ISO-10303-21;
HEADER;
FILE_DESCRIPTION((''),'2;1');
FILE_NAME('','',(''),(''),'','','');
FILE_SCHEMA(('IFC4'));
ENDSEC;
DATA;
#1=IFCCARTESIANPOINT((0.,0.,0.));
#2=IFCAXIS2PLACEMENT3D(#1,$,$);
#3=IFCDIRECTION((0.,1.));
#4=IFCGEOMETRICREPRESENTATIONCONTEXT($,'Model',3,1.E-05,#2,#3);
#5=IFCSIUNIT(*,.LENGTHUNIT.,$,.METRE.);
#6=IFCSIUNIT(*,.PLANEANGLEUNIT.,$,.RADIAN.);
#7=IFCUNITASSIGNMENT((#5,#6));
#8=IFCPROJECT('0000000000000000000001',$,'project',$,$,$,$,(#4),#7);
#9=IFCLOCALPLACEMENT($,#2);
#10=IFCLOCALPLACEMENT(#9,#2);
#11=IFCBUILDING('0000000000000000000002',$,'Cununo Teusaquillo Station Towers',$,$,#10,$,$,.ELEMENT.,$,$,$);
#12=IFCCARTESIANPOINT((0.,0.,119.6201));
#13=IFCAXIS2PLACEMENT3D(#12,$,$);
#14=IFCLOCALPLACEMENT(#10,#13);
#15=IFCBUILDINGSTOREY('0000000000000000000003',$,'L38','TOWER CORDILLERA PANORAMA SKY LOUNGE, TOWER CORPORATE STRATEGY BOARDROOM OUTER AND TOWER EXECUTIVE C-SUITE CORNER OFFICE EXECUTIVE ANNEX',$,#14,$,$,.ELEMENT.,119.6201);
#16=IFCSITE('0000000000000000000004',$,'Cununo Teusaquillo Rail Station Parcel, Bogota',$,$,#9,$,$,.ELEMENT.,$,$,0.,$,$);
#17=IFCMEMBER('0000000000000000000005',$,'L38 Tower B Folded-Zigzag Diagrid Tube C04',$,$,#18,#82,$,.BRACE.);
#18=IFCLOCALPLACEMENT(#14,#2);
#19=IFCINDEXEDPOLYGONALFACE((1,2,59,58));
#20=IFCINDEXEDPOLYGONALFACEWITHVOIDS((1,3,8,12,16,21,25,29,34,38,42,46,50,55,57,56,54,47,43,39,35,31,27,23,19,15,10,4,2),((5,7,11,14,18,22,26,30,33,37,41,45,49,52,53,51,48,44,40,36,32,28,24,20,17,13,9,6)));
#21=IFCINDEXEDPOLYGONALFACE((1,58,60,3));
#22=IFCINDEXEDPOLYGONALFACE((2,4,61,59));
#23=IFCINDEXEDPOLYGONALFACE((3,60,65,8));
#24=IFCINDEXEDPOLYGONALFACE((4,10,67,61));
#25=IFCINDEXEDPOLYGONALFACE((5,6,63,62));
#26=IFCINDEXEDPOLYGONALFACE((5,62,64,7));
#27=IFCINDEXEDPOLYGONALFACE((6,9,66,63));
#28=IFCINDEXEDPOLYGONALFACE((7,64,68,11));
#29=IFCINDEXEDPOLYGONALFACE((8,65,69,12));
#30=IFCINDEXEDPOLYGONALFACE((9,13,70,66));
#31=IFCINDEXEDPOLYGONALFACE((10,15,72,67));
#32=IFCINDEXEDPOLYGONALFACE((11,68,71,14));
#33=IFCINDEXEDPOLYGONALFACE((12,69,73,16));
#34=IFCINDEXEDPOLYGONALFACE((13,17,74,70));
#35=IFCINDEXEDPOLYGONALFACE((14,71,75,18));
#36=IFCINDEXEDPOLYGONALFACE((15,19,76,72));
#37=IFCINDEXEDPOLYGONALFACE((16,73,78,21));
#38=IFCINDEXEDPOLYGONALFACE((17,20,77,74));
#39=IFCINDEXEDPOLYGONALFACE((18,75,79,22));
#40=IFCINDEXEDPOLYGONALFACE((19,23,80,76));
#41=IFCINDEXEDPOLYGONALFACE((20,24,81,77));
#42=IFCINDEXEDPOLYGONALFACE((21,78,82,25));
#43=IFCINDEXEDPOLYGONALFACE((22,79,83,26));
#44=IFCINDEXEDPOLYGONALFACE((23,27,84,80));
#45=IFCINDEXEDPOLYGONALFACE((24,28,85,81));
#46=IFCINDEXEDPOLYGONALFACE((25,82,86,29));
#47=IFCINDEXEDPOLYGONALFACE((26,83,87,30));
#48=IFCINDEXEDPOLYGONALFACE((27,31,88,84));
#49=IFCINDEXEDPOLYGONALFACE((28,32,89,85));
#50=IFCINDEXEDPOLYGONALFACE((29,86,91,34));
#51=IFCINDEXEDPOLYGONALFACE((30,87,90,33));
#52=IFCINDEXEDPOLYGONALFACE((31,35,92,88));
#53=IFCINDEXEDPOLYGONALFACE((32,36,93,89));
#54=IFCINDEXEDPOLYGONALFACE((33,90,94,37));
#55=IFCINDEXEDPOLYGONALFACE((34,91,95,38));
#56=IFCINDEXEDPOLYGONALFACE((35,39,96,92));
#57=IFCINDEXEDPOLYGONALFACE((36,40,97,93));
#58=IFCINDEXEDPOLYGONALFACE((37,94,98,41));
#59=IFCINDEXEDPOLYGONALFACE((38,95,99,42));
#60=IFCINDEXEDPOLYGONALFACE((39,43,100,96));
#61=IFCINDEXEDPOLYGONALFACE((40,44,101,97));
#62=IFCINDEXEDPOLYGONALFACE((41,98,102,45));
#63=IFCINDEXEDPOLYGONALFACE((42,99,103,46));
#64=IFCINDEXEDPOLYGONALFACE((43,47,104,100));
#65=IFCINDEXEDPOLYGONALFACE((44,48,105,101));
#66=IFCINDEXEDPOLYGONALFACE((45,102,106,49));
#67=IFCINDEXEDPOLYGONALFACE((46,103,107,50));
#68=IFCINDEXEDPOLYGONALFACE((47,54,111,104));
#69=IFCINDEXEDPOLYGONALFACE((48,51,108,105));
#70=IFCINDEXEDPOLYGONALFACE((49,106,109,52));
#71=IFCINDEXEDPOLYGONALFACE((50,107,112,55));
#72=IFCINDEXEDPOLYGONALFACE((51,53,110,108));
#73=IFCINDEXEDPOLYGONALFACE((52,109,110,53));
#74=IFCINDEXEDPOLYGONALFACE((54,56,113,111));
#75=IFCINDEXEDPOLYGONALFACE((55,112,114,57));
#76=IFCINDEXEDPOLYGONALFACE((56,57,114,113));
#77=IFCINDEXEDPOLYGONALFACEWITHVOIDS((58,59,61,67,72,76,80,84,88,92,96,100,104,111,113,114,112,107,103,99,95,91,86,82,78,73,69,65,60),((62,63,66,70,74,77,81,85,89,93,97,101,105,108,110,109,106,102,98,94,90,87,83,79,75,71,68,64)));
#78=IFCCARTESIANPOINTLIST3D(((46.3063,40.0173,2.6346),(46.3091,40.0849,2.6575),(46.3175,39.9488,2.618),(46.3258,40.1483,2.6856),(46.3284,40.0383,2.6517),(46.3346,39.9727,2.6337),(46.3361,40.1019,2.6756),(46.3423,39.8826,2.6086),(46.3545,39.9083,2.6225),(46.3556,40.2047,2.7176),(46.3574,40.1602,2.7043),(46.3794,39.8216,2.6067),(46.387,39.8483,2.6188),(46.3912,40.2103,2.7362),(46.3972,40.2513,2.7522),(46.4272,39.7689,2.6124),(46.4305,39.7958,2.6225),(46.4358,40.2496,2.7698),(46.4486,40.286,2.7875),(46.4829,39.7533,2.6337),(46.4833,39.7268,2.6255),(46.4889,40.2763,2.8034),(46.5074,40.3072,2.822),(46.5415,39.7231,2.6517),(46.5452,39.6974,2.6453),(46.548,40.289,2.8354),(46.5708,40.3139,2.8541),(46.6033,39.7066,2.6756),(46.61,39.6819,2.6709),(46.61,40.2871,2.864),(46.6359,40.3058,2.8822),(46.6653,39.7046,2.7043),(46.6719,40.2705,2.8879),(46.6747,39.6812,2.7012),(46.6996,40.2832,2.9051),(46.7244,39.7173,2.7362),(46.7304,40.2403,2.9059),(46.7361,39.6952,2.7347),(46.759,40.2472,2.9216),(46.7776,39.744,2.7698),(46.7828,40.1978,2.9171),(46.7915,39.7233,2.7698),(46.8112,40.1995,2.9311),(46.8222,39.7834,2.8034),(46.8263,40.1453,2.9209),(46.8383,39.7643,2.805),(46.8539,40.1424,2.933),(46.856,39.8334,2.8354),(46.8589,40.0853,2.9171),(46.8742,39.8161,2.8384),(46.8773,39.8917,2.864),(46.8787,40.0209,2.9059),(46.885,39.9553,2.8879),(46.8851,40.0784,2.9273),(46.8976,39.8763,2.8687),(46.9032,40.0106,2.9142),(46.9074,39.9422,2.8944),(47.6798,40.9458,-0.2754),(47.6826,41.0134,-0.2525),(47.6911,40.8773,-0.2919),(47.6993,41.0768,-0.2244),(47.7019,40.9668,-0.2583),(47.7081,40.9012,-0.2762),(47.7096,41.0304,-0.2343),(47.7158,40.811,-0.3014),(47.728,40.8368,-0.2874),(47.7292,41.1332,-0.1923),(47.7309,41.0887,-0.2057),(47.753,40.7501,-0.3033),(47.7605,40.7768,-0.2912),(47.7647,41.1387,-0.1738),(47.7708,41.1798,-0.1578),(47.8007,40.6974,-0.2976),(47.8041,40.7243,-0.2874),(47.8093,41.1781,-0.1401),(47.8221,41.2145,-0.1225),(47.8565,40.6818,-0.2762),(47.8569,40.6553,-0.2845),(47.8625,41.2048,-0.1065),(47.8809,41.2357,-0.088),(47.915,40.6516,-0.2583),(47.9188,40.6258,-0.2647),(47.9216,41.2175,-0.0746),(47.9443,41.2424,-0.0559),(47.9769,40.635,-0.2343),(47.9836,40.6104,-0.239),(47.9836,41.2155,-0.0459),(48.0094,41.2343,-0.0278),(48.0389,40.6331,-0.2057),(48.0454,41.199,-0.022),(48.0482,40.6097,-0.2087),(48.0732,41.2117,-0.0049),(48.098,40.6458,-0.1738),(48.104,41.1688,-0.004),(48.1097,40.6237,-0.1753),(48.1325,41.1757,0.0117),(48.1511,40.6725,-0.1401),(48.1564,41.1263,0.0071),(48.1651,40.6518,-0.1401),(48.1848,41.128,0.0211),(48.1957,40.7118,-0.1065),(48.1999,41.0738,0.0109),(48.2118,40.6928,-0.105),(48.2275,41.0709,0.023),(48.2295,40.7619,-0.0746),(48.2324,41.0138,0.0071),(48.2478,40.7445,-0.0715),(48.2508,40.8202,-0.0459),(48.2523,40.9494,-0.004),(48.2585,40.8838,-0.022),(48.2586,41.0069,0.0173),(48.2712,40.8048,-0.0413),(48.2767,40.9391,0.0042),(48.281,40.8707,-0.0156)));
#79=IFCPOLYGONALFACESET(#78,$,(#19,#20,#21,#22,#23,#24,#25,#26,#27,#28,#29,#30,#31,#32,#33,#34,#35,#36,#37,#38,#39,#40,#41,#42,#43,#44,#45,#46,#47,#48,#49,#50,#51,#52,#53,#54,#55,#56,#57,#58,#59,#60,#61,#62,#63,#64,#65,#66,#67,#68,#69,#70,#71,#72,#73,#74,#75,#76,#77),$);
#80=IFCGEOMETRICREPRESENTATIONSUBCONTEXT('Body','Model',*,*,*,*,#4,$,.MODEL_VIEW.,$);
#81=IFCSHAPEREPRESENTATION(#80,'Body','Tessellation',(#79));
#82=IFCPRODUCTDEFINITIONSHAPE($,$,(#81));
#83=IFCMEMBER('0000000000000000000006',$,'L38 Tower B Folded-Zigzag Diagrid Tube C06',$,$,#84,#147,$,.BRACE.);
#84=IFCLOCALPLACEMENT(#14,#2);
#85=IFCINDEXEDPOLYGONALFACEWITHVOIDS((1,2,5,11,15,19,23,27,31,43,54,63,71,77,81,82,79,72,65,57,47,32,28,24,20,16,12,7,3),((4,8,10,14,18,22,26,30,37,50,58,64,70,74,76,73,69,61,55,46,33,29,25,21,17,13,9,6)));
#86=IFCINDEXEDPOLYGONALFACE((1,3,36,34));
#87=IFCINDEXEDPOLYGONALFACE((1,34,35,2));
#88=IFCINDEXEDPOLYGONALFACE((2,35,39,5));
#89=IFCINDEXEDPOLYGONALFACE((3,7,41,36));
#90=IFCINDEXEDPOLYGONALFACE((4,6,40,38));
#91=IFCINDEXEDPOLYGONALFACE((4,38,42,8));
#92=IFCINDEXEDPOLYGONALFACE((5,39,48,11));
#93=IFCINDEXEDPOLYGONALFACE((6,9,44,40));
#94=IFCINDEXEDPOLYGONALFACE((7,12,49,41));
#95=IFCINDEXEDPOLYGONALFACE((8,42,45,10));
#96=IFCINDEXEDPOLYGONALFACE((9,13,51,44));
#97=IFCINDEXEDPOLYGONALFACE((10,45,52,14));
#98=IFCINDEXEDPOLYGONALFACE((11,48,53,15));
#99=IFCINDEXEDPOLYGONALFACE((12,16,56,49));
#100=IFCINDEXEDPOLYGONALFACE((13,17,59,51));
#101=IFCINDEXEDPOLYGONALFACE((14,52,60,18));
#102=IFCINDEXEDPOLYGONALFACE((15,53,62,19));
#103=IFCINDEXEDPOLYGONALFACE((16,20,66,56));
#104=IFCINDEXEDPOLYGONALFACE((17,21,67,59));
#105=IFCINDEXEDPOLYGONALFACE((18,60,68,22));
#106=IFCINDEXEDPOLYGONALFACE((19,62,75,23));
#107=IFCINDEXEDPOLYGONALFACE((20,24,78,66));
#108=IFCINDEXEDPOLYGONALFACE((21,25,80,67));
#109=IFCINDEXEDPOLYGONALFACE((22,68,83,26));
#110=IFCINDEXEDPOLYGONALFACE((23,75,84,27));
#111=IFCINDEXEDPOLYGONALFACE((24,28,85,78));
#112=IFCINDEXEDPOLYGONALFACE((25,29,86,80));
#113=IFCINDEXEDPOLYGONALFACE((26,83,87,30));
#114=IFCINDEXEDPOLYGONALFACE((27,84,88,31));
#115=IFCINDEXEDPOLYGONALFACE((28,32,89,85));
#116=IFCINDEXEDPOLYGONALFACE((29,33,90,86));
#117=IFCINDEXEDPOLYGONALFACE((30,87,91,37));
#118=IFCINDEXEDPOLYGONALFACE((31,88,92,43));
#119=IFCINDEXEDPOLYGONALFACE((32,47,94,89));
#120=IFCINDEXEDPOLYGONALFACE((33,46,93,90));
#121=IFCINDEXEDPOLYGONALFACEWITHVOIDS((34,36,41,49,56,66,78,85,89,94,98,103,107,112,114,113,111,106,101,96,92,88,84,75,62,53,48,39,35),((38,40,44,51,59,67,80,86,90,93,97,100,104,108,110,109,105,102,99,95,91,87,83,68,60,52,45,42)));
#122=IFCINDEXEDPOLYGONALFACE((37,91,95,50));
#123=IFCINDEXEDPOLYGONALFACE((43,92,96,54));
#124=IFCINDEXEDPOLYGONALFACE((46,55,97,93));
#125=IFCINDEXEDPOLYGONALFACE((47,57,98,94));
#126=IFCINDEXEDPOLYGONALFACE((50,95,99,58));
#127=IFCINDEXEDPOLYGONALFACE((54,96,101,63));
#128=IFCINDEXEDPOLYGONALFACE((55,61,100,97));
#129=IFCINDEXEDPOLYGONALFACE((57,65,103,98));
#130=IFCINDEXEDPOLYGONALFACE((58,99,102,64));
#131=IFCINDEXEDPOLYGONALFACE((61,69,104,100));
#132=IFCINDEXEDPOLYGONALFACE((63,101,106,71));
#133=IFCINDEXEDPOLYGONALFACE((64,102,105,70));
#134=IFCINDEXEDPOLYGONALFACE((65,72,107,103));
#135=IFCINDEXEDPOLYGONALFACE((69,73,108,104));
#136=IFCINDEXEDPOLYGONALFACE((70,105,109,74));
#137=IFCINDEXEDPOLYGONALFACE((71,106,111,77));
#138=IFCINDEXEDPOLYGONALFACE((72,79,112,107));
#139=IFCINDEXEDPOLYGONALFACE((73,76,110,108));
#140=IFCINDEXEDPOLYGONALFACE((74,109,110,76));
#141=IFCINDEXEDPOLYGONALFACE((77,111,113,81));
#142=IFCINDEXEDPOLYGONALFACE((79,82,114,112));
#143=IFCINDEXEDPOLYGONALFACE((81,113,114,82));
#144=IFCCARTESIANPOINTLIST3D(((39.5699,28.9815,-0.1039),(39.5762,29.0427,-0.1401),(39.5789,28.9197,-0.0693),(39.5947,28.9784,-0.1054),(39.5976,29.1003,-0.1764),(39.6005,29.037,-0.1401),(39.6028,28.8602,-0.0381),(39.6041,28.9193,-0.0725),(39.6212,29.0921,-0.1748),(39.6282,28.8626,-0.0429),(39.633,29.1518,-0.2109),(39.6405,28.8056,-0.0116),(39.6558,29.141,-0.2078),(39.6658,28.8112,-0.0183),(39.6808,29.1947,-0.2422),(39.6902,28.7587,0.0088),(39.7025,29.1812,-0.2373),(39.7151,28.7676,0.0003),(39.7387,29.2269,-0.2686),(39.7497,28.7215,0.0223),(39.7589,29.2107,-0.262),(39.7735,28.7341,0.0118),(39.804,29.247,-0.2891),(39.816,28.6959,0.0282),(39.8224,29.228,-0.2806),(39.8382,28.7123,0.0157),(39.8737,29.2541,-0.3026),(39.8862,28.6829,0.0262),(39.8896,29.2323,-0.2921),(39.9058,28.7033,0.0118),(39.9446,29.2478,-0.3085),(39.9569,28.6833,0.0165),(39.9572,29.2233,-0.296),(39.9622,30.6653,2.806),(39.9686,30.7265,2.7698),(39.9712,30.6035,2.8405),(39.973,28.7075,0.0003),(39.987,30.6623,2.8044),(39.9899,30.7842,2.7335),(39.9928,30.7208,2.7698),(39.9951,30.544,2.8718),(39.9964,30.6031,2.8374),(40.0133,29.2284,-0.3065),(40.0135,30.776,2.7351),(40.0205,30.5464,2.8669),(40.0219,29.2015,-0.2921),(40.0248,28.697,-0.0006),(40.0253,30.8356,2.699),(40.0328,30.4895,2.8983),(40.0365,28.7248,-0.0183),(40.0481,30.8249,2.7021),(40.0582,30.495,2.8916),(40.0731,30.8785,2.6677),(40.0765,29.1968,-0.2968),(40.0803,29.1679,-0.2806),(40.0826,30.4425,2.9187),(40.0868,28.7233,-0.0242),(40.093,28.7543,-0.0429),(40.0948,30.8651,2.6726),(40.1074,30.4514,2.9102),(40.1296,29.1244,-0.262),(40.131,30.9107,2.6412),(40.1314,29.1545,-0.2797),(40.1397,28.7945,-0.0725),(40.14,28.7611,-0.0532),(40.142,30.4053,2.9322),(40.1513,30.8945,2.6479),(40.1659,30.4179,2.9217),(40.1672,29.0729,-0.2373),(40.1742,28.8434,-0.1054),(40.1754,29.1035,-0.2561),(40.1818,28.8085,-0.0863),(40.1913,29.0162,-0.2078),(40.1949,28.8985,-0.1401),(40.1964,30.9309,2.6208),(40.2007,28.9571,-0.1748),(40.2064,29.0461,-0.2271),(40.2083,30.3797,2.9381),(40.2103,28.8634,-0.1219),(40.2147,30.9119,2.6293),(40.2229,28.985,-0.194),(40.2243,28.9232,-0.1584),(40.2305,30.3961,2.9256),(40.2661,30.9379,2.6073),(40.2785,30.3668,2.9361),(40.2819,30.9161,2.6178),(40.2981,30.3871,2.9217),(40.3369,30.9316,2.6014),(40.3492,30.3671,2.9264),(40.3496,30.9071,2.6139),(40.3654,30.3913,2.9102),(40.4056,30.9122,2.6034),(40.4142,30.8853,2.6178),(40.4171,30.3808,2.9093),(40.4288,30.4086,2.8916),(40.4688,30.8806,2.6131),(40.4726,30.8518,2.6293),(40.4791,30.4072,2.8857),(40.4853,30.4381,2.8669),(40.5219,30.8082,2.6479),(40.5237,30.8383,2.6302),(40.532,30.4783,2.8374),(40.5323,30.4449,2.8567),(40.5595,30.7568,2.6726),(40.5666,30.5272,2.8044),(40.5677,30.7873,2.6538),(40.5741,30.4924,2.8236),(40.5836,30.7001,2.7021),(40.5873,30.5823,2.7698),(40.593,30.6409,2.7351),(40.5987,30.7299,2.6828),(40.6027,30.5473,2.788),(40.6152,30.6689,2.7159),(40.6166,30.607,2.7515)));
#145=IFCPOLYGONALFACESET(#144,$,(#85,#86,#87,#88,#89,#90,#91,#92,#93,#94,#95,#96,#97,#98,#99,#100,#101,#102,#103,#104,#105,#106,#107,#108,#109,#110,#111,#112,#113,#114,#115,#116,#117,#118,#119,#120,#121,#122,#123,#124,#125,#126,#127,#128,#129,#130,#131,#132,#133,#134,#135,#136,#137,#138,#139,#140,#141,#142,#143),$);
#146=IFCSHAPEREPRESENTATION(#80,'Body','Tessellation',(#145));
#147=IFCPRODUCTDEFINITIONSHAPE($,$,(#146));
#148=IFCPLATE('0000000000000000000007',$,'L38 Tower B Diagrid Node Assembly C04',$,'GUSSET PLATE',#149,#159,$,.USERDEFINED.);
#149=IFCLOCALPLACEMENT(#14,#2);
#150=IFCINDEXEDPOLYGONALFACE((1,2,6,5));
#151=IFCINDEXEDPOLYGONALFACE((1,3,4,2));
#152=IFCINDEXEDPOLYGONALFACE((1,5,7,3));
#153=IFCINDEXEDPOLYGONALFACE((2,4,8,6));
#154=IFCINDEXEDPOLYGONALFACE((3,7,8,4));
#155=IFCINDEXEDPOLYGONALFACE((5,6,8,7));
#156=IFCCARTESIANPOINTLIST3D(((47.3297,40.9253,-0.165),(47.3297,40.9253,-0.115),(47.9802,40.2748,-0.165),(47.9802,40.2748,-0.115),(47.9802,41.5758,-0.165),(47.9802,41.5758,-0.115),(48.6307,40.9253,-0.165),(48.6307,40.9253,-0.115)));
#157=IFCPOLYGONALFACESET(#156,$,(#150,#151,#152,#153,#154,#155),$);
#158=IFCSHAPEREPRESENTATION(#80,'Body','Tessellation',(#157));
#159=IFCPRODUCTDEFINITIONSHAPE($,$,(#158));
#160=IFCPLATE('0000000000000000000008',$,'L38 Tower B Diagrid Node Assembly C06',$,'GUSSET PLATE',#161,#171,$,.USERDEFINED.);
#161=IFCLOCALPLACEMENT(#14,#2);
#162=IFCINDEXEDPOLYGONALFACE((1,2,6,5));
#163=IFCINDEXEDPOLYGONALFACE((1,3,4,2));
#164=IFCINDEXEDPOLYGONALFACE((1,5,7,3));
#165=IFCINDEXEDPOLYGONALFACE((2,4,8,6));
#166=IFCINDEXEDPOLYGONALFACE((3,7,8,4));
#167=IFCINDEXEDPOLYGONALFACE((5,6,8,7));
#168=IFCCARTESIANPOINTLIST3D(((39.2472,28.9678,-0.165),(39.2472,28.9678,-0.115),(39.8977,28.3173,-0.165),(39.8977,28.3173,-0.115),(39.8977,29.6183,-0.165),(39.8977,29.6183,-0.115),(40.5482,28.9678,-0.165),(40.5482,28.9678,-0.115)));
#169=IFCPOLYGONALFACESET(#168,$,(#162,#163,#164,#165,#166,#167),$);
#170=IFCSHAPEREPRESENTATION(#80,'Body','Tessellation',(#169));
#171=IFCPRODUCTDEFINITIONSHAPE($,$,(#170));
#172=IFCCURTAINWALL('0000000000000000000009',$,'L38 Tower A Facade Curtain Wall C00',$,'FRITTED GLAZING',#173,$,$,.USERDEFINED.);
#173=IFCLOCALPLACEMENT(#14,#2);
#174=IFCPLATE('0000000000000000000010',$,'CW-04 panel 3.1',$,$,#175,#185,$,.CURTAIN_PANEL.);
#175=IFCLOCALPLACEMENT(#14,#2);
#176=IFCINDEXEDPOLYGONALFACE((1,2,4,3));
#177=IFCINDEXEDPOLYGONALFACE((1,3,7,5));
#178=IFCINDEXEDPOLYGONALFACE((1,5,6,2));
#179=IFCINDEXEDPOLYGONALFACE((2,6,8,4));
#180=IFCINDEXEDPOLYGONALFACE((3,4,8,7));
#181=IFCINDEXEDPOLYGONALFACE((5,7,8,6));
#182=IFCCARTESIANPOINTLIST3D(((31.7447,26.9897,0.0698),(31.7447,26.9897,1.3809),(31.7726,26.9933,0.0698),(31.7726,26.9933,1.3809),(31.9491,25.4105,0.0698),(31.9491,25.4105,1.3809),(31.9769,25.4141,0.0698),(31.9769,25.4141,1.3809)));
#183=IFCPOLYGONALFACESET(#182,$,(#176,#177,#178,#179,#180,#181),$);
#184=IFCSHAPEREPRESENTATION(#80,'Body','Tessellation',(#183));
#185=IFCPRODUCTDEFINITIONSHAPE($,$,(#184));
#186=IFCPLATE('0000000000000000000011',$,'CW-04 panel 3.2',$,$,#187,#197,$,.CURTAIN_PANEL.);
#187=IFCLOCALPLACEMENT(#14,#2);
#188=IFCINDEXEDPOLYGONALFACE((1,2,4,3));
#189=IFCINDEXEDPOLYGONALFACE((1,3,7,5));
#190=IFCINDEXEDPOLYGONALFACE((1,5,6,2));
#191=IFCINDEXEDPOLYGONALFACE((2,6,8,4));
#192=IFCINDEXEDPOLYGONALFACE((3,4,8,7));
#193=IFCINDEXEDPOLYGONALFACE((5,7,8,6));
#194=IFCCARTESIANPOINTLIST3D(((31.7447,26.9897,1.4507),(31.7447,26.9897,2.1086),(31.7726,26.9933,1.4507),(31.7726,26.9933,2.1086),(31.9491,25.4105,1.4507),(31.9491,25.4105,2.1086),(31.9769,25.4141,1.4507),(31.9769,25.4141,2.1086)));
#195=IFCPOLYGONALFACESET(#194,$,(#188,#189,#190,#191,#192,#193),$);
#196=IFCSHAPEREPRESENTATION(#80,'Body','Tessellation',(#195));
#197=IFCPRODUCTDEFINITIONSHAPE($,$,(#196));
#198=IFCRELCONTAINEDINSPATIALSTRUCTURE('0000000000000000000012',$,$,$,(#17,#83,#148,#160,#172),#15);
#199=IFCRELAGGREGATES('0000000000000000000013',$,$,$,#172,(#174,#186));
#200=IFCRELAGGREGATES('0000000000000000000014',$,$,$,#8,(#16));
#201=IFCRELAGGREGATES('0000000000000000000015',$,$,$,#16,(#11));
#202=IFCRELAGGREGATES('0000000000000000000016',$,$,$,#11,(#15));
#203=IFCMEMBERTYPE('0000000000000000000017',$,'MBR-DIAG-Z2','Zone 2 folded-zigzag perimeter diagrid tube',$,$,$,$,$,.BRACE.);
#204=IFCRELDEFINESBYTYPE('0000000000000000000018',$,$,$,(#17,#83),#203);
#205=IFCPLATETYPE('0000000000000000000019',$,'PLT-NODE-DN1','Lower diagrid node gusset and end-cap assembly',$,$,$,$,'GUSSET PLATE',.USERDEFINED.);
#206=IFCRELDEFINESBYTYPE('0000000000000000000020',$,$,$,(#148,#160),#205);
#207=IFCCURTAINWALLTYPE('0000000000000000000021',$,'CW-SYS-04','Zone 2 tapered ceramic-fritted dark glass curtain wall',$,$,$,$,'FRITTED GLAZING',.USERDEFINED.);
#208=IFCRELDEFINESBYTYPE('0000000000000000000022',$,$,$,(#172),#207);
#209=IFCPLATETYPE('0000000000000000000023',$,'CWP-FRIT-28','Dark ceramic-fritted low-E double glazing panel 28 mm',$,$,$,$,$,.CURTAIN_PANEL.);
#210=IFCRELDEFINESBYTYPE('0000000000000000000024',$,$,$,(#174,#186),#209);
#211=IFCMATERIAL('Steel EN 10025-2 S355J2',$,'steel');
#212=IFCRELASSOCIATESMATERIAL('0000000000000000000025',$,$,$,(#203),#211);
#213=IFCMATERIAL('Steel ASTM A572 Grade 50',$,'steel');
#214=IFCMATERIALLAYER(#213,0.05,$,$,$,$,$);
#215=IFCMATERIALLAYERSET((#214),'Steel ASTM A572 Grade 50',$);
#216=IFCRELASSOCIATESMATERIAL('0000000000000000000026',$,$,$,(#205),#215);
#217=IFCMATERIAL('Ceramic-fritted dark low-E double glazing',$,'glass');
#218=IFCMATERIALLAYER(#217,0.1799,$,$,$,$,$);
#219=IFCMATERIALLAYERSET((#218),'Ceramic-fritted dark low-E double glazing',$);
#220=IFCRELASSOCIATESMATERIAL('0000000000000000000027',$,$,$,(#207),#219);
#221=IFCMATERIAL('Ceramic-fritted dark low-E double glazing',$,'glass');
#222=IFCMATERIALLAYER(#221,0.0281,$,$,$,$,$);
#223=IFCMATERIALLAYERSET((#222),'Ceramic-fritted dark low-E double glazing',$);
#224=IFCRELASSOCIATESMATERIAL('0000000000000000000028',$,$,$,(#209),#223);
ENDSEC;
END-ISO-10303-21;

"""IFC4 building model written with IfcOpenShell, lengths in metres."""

from ifc_helpers import new_model, si_unit, direction, frame, origin, origin_2d, place, context, subcontext, project, spatial, rectangle, hollow_circle, extrude, source, transform, mapped, material, layer, layer_set, material_profile, profile_set, type_object, element, aggregate, save


model = new_model("IFC4")

# Units and contexts
model_context = context("Model", 3, precision=1e-05, world=origin(), true_north=direction((0.0, 1.0)))
body_context = subcontext(model_context, "Body", "Model", "MODEL_VIEW")
ifc_project = project(units=[si_unit("LENGTHUNIT", "METRE"), si_unit("PLANEANGLEUNIT", "RADIAN")], contexts=[model_context])

# Site, building, storey
site_placement = place(None, origin())
site = spatial("IfcSite", under=ifc_project, at=site_placement, Name="Cununo Teusaquillo Rail Station Parcel, Bogota", CompositionType="ELEMENT", RefElevation=0.0)
building_placement = place(site_placement, origin())
building = spatial("IfcBuilding", under=site, at=building_placement, Name="Cununo Teusaquillo Station Towers", CompositionType="ELEMENT")
storey_placement = place(building_placement, frame((0.0, 0.0, 119.6201)))
storey = spatial("IfcBuildingStorey", under=building, at=storey_placement, Name="L38", Description="TOWER CORDILLERA PANORAMA SKY LOUNGE, TOWER CORPORATE STRATEGY BOARDROOM OUTER AND TOWER EXECUTIVE C-SUITE CORNER OFFICE EXECUTIVE ANNEX", CompositionType="ELEMENT", Elevation=119.6201)

# Members
ifc_material_1 = material(Name="Steel EN 10025-2 S355J2", Category="steel")
ifc_material_profile_1 = material_profile(ifc_material_1, hollow_circle(Radius=0.3301, WallThickness=0.0249, at=origin_2d()), Name="CHS 660x25")
ifc_profile_set_1 = profile_set([ifc_material_profile_1], Name="Steel EN 10025-2 S355J2")
member_type = type_object("IfcMemberType", Name="MBR-DIAG-Z2", Description="Zone 2 folded-zigzag perimeter diagrid tube", PredefinedType="BRACE", material=ifc_profile_set_1)
member_1_placement = place(storey_placement, frame((47.9802, 40.9253, -0.1401), z_axis=(-0.410125, -0.277232, 0.868873), x_axis=(0.560024, -0.828476, 0.0)))
element("IfcMember", 1, at=member_1_placement, inside=storey, type_object=member_type, Name="L38 Tower B Folded-Zigzag Diagrid Tube C04", PredefinedType="BRACE", context=body_context, shape_type="SweptSolid", body=[
    extrude(hollow_circle(Radius=0.3301, WallThickness=0.0249, at=origin_2d()), origin(), (0.0, 0.0, 1.0), 3.3491),
])
member_2_placement = place(storey_placement, frame((39.8977, 28.9678, -0.1401), z_axis=(0.115911, 0.497471, 0.859702), x_axis=(-0.973913, 0.226922, 0.0)))
element("IfcMember", 2, at=member_2_placement, inside=storey, type_object=member_type, Name="L38 Tower B Folded-Zigzag Diagrid Tube C06", PredefinedType="BRACE", context=body_context, shape_type="SweptSolid", body=[
    extrude(hollow_circle(Radius=0.3301, WallThickness=0.0249, at=origin_2d()), origin(), (0.0, 0.0, 1.0), 3.3848),
])

# Plates
ifc_material_2 = material(Name="Steel ASTM A572 Grade 50", Category="steel")
ifc_layer_1 = layer(ifc_material_2, 0.05)
ifc_layer_set_1 = layer_set([ifc_layer_1], Name="Steel ASTM A572 Grade 50")
plate_type_1 = type_object("IfcPlateType", Name="PLT-NODE-DN1", Description="Lower diagrid node gusset and end-cap assembly", ElementType="GUSSET PLATE", PredefinedType="USERDEFINED", material=ifc_layer_set_1)
shared_shape_1 = source(origin(), body_context, "Body", "SweptSolid", [
    extrude(rectangle(XDim=0.9199, YDim=0.9199, at=origin_2d()), origin(), (0.0, 0.0, 1.0), 0.05),
])
for number, where, z_axis, x_axis, name in (
    (3, (47.9802, 40.9253, -0.165), (0.0, 0.0, 1.0), (0.707107, 0.707107, 0.0), "L38 Tower B Diagrid Node Assembly C04"),
    (4, (39.8977, 28.9678, -0.165), (0.0, 0.0, 1.0), (0.707107, 0.707107, 0.0), "L38 Tower B Diagrid Node Assembly C06"),
):
    element("IfcPlate", number, at=place(storey_placement, frame(where, z_axis=z_axis, x_axis=x_axis)), inside=storey, type_object=plate_type_1, Name=name, ObjectType="GUSSET PLATE", PredefinedType="USERDEFINED", context=body_context, shape_type="MappedRepresentation", body=[
        mapped(shared_shape_1, transform((0.0, 0.0, 0.0), x_axis=(1.0, 0.0, 0.0), y_axis=(0.0, 1.0, 0.0), z_axis=(0.0, 0.0, 1.0), scale=1.0)),
    ])

# Curtain wall, plates
ifc_material_3 = material(Name="Ceramic-fritted dark low-E double glazing", Category="glass")
ifc_layer_2 = layer(ifc_material_3, 0.1799)
ifc_layer_set_2 = layer_set([ifc_layer_2], Name="Ceramic-fritted dark low-E double glazing")
curtain_wall_type = type_object("IfcCurtainWallType", Name="CW-SYS-04", Description="Zone 2 tapered ceramic-fritted dark glass curtain wall", ElementType="FRITTED GLAZING", PredefinedType="USERDEFINED", material=ifc_layer_set_2)
curtain_wall_placement = place(storey_placement, origin())
curtain_wall = element("IfcCurtainWall", 5, at=curtain_wall_placement, inside=storey, type_object=curtain_wall_type, Name="L38 Tower A Facade Curtain Wall C00", ObjectType="FRITTED GLAZING", PredefinedType="USERDEFINED")
ifc_material_4 = material(Name="Ceramic-fritted dark low-E double glazing", Category="glass")
ifc_layer_3 = layer(ifc_material_4, 0.0281)
ifc_layer_set_3 = layer_set([ifc_layer_3], Name="Ceramic-fritted dark low-E double glazing")
plate_type_2 = type_object("IfcPlateType", Name="CWP-FRIT-28", Description="Dark ceramic-fritted low-E double glazing panel 28 mm", PredefinedType="CURTAIN_PANEL", material=ifc_layer_set_3)
shared_shape_2 = source(origin(), body_context, "Body", "SweptSolid", [
    extrude(rectangle(XDim=1.5923, YDim=0.0281, at=origin_2d()), origin(), (0.0, 0.0, 1.0), 1.311),
])
plate_1_placement = place(storey_placement, frame((31.8608, 26.2019, 0.0698), z_axis=(0.0, 0.0, 1.0), x_axis=(0.128336, -0.991731, 0.0)))
plate_1 = element("IfcPlate", 6, at=plate_1_placement, type_object=plate_type_2, Name="CW-04 panel 3.1", PredefinedType="CURTAIN_PANEL", context=body_context, shape_type="MappedRepresentation", body=[
    mapped(shared_shape_2, transform((0.0, 0.0, 0.0), x_axis=(1.0, 0.0, 0.0), y_axis=(0.0, 1.0, 0.0), z_axis=(0.0, 0.0, 1.0), scale=1.0)),
])
shared_shape_3 = source(origin(), body_context, "Body", "SweptSolid", [
    extrude(rectangle(XDim=1.5923, YDim=0.0281, at=origin_2d()), origin(), (0.0, 0.0, 1.0), 0.658),
])
plate_2_placement = place(storey_placement, frame((31.8608, 26.2019, 1.4507), z_axis=(0.0, 0.0, 1.0), x_axis=(0.128336, -0.991731, 0.0)))
plate_2 = element("IfcPlate", 7, at=plate_2_placement, type_object=plate_type_2, Name="CW-04 panel 3.2", PredefinedType="CURTAIN_PANEL", context=body_context, shape_type="MappedRepresentation", body=[
    mapped(shared_shape_3, transform((0.0, 0.0, 0.0), x_axis=(1.0, 0.0, 0.0), y_axis=(0.0, 1.0, 0.0), z_axis=(0.0, 0.0, 1.0), scale=1.0)),
])
aggregate(curtain_wall, [plate_1, plate_2])

save(model, "model.ifc")
